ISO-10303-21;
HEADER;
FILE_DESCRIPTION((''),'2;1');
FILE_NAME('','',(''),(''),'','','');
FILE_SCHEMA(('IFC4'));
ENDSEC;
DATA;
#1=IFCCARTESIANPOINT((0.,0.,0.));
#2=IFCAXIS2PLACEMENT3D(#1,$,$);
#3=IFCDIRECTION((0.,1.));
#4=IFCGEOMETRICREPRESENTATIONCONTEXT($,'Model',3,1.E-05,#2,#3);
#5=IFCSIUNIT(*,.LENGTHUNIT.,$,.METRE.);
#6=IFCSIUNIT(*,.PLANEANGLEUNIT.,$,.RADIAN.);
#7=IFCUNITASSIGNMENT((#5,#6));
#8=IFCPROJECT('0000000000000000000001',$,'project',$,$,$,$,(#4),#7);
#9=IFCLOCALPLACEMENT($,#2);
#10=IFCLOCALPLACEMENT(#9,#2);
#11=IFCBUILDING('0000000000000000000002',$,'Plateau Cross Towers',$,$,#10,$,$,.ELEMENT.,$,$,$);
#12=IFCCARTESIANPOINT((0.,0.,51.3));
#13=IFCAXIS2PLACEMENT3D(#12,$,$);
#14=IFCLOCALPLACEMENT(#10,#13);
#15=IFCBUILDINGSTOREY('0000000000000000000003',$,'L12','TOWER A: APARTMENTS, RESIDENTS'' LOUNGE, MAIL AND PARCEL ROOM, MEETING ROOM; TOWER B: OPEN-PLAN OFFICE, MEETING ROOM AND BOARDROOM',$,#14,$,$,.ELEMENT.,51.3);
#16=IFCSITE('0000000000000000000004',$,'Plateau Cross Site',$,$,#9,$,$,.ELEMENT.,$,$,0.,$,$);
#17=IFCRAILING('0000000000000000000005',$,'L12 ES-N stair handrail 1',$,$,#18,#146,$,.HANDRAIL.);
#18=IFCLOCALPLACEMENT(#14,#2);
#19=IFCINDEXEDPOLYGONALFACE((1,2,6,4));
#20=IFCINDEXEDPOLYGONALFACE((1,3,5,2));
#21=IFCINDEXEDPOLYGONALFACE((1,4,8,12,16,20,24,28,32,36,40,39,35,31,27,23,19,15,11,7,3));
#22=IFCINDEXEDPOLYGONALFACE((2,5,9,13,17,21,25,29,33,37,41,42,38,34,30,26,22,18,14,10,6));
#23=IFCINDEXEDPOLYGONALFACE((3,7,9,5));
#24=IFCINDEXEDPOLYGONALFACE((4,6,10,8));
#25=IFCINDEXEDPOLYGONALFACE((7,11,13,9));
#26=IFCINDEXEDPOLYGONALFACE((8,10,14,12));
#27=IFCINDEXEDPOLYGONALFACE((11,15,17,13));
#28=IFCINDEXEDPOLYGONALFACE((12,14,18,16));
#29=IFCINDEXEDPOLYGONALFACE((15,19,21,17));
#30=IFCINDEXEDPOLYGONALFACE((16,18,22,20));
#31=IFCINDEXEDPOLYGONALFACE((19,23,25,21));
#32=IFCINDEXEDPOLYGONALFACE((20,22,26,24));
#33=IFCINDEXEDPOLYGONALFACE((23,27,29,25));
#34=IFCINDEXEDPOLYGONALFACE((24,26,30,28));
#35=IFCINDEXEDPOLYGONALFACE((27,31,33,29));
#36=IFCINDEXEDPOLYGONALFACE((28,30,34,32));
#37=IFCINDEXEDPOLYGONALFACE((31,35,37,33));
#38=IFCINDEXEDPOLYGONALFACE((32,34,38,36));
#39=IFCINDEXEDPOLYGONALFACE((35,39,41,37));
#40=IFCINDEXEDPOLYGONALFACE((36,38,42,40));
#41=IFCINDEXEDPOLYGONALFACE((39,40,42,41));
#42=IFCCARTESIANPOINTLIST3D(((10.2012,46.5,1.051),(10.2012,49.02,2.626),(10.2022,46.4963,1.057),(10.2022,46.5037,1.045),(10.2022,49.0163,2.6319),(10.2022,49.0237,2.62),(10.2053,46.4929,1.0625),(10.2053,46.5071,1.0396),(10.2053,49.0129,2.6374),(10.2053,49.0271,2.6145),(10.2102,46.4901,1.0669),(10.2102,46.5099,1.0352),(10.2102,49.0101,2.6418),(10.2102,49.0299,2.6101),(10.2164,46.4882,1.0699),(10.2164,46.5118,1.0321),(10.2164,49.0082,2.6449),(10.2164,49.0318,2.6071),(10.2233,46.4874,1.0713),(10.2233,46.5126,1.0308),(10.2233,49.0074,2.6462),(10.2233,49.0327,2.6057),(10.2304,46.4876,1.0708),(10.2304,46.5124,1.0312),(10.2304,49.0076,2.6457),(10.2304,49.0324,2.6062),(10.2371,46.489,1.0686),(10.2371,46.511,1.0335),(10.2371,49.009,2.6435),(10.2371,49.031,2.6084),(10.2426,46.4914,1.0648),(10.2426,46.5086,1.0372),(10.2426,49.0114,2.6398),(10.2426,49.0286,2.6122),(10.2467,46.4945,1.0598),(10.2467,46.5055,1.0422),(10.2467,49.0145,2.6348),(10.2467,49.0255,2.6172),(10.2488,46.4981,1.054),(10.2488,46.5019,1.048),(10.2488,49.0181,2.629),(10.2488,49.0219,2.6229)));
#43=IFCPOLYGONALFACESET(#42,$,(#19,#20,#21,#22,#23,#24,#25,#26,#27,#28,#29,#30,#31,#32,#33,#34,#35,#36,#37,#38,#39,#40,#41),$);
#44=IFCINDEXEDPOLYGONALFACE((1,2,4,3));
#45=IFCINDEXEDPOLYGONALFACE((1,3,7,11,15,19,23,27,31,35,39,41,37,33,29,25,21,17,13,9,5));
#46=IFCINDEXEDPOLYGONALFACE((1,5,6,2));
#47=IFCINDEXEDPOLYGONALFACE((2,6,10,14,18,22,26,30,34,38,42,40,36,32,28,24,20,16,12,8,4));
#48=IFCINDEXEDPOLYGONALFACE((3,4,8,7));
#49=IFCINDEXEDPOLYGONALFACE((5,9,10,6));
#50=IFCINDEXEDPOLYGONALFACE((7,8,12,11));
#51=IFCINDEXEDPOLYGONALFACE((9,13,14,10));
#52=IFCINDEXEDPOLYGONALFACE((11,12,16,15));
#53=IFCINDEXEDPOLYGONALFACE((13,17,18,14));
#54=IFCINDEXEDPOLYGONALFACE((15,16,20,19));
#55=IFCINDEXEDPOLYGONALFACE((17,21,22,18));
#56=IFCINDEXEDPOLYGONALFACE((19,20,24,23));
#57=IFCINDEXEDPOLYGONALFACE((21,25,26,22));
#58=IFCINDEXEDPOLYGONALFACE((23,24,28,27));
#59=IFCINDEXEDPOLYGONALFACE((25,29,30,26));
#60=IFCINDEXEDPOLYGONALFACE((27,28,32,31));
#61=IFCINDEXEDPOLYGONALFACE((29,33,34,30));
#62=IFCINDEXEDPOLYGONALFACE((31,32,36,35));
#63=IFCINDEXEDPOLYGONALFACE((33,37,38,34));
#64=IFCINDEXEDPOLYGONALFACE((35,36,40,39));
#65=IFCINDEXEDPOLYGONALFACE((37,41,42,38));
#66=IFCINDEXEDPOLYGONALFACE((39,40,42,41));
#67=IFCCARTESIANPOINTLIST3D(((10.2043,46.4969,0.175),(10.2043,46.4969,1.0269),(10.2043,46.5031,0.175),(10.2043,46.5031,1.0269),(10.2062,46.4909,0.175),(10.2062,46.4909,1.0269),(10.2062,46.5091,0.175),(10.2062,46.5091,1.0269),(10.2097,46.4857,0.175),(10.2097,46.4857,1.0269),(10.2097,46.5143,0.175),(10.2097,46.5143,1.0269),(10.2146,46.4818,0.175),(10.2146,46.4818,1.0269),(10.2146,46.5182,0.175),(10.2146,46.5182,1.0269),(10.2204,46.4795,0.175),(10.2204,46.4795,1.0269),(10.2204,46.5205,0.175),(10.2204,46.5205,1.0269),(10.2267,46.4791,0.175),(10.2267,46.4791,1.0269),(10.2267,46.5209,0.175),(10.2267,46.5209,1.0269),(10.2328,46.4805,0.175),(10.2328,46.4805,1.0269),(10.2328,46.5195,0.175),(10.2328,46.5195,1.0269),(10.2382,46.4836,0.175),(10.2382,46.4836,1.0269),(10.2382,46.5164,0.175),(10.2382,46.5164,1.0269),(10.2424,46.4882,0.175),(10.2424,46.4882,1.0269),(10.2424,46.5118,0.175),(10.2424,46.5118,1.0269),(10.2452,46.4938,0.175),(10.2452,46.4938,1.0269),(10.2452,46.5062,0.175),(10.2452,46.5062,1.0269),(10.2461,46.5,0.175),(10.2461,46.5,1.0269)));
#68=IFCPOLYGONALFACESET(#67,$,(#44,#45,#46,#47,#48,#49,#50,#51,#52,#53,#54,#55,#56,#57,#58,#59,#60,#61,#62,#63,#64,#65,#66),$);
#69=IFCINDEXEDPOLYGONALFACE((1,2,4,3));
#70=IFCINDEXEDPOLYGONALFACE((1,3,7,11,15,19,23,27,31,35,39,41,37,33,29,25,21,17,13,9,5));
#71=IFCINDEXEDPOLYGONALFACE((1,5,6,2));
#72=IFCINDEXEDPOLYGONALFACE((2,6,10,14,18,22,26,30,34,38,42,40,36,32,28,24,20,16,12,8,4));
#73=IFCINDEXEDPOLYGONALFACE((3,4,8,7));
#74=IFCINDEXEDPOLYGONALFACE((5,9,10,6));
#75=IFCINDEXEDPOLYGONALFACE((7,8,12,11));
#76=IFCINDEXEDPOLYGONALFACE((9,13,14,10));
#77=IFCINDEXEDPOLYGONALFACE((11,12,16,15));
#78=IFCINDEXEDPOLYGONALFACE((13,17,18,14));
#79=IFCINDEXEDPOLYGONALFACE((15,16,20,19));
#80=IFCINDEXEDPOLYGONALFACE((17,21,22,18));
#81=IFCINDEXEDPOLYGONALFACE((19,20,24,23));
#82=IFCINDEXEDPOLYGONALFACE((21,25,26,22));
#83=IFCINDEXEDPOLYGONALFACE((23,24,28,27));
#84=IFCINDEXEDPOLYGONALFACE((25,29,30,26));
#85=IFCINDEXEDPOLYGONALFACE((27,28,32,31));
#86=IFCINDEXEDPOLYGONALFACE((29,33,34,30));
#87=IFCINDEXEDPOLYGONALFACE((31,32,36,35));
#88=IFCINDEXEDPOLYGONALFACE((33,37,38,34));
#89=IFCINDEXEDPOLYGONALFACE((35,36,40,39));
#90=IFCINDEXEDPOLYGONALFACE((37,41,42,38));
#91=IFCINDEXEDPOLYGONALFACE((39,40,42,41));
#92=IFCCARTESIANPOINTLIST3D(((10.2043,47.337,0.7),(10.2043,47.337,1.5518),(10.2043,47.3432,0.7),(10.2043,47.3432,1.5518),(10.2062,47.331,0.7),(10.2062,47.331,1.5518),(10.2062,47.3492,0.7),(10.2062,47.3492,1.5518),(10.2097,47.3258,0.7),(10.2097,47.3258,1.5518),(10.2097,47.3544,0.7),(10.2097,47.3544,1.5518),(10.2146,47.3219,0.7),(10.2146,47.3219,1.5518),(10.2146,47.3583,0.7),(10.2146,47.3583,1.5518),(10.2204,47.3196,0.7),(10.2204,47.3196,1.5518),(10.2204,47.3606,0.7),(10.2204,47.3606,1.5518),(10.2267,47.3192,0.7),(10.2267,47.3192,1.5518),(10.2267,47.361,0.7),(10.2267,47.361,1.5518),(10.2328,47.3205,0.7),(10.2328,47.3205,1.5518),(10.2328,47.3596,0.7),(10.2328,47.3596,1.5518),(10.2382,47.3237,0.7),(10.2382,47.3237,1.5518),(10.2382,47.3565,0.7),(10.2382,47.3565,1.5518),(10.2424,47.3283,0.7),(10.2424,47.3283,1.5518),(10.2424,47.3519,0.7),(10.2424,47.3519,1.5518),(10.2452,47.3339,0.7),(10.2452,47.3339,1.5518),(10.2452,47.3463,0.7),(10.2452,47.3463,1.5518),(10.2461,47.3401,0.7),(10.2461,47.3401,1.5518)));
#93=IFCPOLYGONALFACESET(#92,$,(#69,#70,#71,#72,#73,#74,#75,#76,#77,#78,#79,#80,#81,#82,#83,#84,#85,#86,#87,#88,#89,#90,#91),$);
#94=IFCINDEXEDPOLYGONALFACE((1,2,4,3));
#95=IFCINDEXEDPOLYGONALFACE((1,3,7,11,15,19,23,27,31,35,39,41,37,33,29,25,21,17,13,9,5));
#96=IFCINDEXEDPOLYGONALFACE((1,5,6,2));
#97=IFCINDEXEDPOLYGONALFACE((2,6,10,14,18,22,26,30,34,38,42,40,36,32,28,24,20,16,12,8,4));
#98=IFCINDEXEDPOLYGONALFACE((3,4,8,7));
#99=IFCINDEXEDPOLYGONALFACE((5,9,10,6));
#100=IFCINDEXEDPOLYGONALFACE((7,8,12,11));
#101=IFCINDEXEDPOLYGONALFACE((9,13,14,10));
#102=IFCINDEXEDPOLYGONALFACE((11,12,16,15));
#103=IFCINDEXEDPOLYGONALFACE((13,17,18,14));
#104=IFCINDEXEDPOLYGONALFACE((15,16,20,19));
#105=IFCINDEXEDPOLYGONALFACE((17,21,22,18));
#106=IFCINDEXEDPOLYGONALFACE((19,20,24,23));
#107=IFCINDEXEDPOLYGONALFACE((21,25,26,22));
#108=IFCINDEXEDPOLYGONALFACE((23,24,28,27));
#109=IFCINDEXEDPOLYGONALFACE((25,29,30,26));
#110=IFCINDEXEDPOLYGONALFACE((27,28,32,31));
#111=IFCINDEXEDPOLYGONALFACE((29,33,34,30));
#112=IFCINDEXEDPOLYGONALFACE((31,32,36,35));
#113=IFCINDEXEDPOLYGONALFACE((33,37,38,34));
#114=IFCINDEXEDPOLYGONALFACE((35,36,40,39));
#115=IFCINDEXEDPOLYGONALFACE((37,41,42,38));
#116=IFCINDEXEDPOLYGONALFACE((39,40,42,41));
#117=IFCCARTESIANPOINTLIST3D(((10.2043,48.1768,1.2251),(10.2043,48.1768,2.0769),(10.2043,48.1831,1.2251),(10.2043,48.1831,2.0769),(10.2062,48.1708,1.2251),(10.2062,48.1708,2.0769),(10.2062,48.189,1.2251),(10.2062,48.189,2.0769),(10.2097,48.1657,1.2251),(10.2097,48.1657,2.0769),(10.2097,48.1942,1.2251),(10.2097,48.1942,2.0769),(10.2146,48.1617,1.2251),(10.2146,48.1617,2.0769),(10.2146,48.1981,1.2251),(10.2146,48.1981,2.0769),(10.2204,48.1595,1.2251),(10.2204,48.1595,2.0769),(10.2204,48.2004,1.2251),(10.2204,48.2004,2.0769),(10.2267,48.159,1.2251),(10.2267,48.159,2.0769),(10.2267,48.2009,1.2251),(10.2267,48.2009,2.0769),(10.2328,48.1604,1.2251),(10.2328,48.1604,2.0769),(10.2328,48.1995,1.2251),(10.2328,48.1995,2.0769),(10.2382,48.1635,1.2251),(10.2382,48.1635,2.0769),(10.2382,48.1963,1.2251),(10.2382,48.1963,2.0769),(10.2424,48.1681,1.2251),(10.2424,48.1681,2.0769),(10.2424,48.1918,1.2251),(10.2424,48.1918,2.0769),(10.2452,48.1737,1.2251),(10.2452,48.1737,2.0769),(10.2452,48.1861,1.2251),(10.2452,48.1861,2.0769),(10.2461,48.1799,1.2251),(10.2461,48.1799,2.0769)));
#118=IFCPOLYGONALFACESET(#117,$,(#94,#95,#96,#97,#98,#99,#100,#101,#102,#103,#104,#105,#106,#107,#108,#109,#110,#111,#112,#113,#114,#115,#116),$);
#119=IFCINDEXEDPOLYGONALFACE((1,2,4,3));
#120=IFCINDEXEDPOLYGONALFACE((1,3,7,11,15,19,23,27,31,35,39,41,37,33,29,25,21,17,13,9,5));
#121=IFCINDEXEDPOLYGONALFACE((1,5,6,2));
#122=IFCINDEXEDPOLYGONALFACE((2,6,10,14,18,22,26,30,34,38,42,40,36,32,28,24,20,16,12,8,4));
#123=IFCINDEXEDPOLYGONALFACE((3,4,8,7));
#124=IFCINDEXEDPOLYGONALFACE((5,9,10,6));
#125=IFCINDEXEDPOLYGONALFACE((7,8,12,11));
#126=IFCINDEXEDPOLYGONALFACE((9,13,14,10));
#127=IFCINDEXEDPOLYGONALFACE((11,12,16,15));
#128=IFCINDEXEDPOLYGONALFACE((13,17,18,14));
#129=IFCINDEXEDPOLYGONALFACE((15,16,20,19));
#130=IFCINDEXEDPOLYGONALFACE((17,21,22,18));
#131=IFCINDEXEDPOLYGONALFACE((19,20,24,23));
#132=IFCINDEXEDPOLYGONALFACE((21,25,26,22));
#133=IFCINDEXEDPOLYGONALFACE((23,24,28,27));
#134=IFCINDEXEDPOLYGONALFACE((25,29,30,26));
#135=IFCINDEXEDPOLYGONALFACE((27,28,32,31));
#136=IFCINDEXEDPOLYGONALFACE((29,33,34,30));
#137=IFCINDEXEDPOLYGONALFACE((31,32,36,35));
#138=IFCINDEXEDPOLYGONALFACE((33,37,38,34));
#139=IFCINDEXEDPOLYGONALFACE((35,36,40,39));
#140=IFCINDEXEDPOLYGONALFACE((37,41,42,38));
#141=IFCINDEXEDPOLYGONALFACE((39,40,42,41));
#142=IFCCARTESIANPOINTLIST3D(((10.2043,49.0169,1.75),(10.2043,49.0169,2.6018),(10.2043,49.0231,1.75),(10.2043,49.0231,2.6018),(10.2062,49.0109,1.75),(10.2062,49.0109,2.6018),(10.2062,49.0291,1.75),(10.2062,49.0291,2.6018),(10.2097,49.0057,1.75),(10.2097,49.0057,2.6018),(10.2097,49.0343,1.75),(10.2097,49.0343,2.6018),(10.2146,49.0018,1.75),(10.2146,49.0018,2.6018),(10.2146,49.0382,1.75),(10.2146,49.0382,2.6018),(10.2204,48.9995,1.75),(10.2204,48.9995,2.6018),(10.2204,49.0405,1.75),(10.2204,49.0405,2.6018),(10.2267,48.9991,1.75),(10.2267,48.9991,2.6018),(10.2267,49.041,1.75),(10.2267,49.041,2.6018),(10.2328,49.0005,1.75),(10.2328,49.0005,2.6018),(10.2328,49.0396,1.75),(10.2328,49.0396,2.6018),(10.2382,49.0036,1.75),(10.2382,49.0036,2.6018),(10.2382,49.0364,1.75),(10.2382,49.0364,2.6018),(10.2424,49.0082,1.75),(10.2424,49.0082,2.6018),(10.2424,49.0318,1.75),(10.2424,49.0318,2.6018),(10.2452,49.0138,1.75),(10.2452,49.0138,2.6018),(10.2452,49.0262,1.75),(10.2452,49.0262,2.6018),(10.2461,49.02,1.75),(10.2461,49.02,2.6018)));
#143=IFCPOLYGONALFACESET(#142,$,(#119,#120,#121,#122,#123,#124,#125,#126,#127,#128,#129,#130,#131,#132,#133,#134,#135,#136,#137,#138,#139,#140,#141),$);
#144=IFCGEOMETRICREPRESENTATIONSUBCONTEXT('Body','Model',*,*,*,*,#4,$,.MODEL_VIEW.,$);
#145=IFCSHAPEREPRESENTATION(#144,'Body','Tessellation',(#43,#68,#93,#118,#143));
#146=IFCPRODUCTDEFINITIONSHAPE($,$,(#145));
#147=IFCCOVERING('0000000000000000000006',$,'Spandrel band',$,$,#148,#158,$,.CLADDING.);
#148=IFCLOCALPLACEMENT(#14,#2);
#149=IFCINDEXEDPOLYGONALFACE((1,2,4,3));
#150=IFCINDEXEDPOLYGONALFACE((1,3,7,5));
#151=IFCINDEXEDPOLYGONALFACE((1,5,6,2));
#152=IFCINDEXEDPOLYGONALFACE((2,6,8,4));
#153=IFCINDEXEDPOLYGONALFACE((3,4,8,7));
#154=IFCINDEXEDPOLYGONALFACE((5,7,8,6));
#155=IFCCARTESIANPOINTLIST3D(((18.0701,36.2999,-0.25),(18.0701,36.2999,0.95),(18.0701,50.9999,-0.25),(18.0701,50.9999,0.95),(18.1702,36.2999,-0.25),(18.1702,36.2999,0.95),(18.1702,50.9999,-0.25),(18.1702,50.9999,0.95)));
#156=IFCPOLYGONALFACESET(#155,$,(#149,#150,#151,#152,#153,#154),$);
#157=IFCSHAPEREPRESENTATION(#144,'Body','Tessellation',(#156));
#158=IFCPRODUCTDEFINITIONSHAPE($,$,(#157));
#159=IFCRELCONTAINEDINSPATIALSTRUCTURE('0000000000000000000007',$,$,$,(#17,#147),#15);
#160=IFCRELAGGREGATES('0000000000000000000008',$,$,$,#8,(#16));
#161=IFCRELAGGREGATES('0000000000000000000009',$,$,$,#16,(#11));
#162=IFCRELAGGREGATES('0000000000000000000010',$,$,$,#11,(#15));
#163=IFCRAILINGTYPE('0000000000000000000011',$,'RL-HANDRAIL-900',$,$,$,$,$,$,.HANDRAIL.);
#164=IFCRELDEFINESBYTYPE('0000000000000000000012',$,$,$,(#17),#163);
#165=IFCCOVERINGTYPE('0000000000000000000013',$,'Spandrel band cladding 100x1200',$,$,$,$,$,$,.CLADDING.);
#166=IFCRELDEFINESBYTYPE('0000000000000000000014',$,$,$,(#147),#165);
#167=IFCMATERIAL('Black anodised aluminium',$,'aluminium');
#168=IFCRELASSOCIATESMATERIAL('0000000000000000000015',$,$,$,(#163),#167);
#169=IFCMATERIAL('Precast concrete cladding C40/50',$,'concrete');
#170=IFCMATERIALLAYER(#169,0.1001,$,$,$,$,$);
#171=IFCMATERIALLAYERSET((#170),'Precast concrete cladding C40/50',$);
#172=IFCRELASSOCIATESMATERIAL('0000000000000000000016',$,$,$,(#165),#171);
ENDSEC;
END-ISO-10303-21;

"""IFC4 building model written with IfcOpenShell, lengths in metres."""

from ifc_helpers import new_model, si_unit, direction, frame, origin, origin_2d, place, context, subcontext, project, spatial, rectangle, circle, extrude, material, layer, layer_set, type_object, element, save


model = new_model("IFC4")

# Units and contexts
model_context = context("Model", 3, precision=1e-05, world=origin(), true_north=direction((0.0, 1.0)))
body_context = subcontext(model_context, "Body", "Model", "MODEL_VIEW")
ifc_project = project(units=[si_unit("LENGTHUNIT", "METRE"), si_unit("PLANEANGLEUNIT", "RADIAN")], contexts=[model_context])

# Site, building, storey
site_placement = place(None, origin())
site = spatial("IfcSite", under=ifc_project, at=site_placement, Name="Plateau Cross Site", CompositionType="ELEMENT", RefElevation=0.0)
building_placement = place(site_placement, origin())
building = spatial("IfcBuilding", under=site, at=building_placement, Name="Plateau Cross Towers", CompositionType="ELEMENT")
storey_placement = place(building_placement, frame((0.0, 0.0, 51.3)))
storey = spatial("IfcBuildingStorey", under=building, at=storey_placement, Name="L12", Description="TOWER A: APARTMENTS, RESIDENTS' LOUNGE, MAIL AND PARCEL ROOM, MEETING ROOM; TOWER B: OPEN-PLAN OFFICE, MEETING ROOM AND BOARDROOM", CompositionType="ELEMENT", Elevation=51.3)

# Shared definitions
ifc_material_1 = material(Name="Black anodised aluminium", Category="aluminium")

# Railing
railing_type_1 = type_object("IfcRailingType", Name="RL-HANDRAIL-900", PredefinedType="HANDRAIL", material=ifc_material_1)
railing_1_placement = place(storey_placement, frame((10.2251, 46.5, 0.175)))
element("IfcRailing", 1, at=railing_1_placement, inside=storey, type_object=railing_type_1, Name="L12 ES-N stair handrail 1", PredefinedType="HANDRAIL", context=body_context, shape_type="SweptSolid", body=[
    extrude(circle(Radius=0.0239, at=origin_2d()), frame((0.0, 0.0, 0.876), z_axis=(0.0, 0.848008, 0.529984), x_axis=(-1.0, 0.0, 0.0)), (0.0, 0.0, 1.0), 2.9717),
    extrude(circle(Radius=0.021, at=origin_2d()), origin(), (0.0, 0.0, 1.0), 0.8518),
    extrude(circle(Radius=0.021, at=origin_2d()), frame((0.0, 0.8401, 0.5249)), (0.0, 0.0, 1.0), 0.8518),
    extrude(circle(Radius=0.021, at=origin_2d()), frame((0.0, 1.6799, 1.05)), (0.0, 0.0, 1.0), 0.8518),
    extrude(circle(Radius=0.021, at=origin_2d()), frame((0.0, 2.52, 1.575)), (0.0, 0.0, 1.0), 0.8518),
])

# Covering
ifc_material_2 = material(Name="Precast concrete cladding C40/50", Category="concrete")
ifc_layer_1 = layer(ifc_material_2, 0.1001)
ifc_layer_set_1 = layer_set([ifc_layer_1], Name="Precast concrete cladding C40/50")
covering_type = type_object("IfcCoveringType", Name="Spandrel band cladding 100x1200", PredefinedType="CLADDING", material=ifc_layer_set_1)
covering_placement = place(storey_placement, frame((18.1201, 43.6499, -0.25), z_axis=(0.0, 0.0, 1.0), x_axis=(0.0, 1.0, 0.0)))
element("IfcCovering", 2, at=covering_placement, inside=storey, type_object=covering_type, Name="Spandrel band", PredefinedType="CLADDING", context=body_context, shape_type="SweptSolid", body=[
    extrude(rectangle(XDim=14.7, YDim=0.1001, at=origin_2d()), origin(), (0.0, 0.0, 1.0), 1.2),
])

save(model, "model.ifc")
